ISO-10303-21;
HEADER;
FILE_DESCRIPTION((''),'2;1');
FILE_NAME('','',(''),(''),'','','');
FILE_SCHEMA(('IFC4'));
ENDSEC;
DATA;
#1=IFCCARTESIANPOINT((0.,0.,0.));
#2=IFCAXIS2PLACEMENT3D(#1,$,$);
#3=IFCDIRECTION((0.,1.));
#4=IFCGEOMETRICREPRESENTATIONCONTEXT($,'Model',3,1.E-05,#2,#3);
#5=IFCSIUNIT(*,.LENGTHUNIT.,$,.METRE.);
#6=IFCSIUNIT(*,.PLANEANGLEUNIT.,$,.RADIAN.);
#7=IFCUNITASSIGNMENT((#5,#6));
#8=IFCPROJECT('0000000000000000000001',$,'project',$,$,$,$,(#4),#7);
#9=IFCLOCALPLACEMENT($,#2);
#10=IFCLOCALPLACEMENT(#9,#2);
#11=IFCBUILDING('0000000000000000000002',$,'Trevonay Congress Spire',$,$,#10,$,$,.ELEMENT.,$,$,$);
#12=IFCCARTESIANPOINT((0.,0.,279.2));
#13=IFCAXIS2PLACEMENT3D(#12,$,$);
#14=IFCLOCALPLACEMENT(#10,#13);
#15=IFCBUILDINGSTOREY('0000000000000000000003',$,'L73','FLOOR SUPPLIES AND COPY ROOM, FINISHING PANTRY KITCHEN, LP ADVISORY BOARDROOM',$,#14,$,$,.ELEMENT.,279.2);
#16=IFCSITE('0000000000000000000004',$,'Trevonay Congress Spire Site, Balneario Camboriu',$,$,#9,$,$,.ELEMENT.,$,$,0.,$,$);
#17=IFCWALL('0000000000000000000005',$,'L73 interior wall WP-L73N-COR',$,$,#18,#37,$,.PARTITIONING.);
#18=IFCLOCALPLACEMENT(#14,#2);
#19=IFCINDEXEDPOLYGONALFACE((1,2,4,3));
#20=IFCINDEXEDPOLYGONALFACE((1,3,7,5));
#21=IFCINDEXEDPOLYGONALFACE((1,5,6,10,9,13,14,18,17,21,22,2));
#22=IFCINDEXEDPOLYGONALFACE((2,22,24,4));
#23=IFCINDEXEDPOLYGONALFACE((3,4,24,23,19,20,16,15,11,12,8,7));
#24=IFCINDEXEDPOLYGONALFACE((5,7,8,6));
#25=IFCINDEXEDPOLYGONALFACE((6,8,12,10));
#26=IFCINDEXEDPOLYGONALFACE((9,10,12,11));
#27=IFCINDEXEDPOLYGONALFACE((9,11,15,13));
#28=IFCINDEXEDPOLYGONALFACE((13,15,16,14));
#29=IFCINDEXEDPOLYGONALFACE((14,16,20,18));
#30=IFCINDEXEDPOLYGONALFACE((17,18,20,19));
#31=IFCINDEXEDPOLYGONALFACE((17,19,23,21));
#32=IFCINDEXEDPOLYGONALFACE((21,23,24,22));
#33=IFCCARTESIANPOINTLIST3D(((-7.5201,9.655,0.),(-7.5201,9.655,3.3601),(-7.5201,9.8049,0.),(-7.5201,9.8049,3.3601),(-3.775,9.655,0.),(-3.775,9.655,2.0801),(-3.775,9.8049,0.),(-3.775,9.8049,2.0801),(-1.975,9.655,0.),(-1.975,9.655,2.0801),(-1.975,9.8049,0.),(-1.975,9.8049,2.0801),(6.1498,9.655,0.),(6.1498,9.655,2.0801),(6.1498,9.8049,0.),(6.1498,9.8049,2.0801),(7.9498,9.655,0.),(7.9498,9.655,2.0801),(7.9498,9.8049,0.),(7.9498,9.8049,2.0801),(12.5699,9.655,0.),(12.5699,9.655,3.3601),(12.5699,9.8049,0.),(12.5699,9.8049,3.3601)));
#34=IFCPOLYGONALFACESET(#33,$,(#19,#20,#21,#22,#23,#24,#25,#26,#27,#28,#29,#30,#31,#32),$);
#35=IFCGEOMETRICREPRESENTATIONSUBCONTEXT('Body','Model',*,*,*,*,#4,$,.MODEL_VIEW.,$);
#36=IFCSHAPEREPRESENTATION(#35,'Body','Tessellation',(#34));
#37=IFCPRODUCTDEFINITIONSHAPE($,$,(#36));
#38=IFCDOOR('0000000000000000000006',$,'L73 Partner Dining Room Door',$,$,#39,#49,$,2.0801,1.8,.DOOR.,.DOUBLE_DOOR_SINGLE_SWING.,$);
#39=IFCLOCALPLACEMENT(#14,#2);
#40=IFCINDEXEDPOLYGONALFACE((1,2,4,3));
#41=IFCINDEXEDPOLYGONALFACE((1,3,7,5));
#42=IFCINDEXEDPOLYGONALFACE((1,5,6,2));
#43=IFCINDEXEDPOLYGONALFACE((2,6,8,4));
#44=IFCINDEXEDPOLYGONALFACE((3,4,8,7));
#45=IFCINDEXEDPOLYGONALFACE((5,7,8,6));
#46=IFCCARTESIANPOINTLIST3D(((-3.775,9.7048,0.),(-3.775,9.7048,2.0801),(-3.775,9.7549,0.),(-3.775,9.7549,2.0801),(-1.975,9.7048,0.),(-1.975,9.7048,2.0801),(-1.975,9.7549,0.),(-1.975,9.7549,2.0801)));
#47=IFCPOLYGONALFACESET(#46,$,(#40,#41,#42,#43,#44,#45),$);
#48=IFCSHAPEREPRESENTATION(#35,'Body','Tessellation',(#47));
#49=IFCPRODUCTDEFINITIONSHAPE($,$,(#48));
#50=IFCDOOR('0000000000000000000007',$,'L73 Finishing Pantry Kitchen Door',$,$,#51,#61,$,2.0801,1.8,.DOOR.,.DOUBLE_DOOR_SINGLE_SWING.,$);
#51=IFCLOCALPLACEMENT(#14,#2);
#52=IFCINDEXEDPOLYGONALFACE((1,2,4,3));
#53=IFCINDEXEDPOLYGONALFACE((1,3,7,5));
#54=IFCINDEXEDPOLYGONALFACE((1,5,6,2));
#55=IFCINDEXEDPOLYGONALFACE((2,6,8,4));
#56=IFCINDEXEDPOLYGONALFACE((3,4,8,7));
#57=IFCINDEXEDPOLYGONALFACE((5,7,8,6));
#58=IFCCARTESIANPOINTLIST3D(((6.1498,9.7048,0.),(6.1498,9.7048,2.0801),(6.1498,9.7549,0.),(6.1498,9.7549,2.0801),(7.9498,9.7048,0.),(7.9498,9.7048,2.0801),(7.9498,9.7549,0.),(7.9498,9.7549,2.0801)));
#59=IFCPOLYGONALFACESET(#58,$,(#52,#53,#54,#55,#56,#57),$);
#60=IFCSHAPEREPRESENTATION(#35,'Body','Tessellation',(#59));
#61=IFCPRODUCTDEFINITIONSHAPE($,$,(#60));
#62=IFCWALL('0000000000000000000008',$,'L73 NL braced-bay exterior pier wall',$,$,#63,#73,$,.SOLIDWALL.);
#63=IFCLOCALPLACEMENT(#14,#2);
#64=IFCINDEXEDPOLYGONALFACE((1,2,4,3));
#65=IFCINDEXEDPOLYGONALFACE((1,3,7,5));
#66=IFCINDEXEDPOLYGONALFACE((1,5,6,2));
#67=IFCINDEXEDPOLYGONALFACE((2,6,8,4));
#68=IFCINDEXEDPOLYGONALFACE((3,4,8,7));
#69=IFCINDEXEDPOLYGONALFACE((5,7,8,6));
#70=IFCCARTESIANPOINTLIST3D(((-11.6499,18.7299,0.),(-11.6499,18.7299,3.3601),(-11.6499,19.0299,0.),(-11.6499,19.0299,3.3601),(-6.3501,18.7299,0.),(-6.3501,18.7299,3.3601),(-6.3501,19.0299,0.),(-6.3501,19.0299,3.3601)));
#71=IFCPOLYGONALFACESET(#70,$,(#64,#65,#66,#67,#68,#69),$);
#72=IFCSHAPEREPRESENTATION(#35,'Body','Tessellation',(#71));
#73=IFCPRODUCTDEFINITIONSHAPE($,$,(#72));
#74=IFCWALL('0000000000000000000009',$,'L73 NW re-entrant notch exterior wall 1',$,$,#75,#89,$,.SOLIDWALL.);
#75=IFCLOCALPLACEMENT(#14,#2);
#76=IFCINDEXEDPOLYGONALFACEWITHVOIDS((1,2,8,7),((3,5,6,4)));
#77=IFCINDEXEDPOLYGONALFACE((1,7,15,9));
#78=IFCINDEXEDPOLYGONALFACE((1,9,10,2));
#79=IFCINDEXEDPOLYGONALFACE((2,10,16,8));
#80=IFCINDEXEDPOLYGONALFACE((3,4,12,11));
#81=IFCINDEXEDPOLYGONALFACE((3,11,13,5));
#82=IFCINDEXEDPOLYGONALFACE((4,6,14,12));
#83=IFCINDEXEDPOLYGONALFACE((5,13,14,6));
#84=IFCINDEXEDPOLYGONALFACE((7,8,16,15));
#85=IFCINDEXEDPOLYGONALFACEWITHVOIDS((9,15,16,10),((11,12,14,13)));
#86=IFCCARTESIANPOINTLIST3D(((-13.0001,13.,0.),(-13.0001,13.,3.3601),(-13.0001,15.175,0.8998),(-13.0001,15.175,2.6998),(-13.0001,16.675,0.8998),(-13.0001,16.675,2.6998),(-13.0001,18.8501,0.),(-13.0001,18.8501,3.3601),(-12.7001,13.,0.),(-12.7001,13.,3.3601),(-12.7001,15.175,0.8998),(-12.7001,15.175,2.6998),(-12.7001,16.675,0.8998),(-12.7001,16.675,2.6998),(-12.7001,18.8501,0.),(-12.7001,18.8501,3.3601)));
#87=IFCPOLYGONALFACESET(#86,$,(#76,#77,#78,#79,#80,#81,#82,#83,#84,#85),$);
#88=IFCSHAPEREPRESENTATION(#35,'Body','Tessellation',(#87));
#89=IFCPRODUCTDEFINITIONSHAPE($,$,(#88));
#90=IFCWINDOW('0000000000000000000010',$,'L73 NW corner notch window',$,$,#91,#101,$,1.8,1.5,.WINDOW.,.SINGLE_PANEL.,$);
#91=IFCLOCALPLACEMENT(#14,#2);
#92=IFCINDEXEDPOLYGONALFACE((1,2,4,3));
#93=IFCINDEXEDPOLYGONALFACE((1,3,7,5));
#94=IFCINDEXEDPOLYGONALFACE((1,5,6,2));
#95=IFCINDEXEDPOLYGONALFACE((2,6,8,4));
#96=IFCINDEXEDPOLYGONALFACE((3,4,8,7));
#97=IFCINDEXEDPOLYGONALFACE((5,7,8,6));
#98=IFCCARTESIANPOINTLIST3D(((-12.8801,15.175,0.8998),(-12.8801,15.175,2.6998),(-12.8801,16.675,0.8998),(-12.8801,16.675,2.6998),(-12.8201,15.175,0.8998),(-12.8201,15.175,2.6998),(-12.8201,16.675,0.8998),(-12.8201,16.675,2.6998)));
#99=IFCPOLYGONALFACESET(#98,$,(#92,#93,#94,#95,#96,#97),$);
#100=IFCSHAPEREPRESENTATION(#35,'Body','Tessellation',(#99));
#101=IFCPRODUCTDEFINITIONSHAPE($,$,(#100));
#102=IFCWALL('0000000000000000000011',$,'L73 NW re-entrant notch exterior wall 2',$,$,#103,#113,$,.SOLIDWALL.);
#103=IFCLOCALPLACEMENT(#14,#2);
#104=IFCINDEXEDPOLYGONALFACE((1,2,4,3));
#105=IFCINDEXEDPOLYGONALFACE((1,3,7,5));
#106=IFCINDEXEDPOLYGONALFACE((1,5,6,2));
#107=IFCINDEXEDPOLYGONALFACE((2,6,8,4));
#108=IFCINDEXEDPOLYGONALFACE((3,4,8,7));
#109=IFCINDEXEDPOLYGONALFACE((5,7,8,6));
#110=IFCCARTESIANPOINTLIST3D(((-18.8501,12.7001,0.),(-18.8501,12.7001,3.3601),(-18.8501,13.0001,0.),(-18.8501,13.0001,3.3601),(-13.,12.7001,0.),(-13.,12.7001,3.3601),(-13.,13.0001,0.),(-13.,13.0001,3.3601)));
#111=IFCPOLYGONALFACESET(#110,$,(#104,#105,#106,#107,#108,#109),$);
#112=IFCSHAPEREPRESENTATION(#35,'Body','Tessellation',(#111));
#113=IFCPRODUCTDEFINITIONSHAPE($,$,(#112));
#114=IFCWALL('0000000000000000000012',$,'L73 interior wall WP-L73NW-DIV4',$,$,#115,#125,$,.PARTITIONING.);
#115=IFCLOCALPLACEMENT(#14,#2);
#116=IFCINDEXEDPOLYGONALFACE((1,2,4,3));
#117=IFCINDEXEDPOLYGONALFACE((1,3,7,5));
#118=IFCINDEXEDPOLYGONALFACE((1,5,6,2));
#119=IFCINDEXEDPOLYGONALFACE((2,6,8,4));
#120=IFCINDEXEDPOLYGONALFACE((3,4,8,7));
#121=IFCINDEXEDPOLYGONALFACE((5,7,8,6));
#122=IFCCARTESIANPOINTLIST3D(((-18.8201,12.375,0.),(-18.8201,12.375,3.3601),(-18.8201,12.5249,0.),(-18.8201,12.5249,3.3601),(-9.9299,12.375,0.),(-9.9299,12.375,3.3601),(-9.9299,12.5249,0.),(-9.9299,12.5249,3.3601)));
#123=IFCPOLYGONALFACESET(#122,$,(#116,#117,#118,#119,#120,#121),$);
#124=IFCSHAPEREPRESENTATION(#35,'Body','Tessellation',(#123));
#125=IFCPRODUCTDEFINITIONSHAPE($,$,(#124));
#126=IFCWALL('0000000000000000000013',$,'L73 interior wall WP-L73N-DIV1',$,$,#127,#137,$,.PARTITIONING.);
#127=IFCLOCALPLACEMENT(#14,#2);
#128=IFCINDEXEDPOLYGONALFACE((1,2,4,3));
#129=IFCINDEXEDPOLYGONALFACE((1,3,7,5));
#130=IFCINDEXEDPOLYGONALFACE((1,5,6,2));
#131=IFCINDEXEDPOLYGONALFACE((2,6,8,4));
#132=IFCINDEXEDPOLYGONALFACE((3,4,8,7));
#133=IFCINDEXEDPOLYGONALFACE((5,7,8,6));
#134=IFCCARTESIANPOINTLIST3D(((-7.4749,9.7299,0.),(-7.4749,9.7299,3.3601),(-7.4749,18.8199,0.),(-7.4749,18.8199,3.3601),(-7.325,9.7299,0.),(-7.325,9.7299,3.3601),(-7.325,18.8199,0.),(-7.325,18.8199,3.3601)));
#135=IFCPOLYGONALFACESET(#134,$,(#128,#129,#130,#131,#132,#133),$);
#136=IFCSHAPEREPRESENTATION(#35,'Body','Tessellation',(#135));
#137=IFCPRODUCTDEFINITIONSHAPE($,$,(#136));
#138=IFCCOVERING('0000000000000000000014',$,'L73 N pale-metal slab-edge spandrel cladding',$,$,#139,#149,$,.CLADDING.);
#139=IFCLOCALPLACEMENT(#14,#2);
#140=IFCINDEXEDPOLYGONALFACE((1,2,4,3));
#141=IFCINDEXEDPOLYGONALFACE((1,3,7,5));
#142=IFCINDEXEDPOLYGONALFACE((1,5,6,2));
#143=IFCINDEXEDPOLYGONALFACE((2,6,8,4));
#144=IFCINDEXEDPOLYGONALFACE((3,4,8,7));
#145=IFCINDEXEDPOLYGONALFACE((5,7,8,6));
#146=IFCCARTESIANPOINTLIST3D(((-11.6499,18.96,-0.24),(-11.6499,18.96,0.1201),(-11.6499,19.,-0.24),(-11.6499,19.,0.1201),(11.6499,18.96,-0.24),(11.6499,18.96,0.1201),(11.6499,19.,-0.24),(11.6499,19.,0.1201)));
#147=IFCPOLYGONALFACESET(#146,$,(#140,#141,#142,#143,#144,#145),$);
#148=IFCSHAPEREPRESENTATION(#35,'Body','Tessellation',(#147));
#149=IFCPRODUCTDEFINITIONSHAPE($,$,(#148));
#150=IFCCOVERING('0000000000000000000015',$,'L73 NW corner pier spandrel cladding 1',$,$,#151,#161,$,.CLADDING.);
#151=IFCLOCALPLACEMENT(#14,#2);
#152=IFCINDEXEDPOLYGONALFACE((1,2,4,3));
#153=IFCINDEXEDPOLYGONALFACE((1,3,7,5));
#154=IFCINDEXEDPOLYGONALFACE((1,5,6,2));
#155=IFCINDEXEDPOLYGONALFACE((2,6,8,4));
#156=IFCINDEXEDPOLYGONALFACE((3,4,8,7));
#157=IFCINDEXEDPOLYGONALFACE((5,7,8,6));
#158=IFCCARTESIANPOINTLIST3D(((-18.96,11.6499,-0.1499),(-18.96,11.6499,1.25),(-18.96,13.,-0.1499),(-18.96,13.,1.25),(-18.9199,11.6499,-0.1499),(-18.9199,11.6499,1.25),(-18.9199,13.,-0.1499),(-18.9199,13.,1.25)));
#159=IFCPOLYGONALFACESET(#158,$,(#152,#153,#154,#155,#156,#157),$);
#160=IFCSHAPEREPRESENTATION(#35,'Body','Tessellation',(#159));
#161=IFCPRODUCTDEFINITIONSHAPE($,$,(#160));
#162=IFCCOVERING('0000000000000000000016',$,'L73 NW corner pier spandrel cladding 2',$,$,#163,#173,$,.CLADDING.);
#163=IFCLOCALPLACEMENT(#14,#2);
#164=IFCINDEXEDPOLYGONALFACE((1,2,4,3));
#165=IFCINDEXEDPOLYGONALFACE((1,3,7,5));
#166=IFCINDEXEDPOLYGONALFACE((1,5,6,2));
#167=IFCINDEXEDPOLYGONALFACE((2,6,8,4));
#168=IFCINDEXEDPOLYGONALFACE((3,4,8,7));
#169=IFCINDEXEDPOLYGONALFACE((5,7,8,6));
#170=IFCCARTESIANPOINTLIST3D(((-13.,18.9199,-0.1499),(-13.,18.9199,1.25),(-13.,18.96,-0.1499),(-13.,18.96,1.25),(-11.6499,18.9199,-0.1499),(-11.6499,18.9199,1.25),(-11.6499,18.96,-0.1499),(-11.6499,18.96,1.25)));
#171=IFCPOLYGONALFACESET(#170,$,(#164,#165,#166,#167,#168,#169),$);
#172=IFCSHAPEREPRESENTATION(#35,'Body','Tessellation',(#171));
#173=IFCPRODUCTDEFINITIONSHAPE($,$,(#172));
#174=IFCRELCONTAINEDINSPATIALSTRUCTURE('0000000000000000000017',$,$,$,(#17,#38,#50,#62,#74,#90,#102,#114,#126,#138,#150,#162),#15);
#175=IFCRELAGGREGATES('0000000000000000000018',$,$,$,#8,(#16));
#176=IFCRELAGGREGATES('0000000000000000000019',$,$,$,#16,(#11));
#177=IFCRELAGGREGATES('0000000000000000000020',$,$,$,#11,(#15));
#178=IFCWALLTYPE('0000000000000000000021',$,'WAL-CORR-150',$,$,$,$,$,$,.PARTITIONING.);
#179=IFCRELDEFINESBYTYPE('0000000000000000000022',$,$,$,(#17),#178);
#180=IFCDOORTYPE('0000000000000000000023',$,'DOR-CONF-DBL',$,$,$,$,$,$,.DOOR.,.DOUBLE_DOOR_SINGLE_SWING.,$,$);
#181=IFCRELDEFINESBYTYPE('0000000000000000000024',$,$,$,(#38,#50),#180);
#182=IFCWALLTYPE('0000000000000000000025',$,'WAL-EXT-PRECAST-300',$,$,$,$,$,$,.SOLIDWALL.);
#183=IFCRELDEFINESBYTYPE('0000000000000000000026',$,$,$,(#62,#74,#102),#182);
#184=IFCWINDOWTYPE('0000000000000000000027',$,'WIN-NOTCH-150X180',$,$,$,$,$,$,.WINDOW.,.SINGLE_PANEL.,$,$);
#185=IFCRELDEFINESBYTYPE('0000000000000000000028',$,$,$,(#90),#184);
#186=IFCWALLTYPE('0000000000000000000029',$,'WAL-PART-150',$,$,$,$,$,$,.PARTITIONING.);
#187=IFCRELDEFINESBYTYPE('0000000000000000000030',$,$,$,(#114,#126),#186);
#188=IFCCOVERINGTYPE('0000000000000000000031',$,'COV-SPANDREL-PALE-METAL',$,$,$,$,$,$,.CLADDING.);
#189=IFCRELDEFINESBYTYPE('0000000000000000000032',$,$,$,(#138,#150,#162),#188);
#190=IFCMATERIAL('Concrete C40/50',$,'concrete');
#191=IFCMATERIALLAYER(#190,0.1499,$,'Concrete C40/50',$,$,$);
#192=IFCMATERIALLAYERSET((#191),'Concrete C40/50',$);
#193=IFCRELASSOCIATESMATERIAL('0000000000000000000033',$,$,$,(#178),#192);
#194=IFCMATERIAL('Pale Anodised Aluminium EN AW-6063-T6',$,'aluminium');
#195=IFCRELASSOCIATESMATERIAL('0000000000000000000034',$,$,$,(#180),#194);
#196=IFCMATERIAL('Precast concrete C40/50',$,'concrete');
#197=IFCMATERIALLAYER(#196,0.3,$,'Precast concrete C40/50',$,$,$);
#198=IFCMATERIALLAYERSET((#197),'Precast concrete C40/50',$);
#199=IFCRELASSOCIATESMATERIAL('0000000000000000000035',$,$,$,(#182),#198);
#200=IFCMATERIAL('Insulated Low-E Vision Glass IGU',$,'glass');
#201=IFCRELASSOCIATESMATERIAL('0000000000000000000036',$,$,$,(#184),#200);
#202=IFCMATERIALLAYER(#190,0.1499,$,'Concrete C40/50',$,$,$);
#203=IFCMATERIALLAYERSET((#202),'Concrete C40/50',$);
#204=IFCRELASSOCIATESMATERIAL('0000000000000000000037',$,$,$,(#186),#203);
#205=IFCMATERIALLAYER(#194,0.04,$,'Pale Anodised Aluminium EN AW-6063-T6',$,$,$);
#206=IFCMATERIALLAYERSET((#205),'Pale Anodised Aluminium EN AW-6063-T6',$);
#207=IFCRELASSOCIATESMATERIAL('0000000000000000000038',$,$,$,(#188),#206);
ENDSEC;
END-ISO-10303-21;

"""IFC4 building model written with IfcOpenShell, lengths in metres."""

from ifc_helpers import new_model, si_unit, direction, frame, frame_2d, origin, place, context, subcontext, project, spatial, rectangle, extrude, material, layer, layer_set, type_object, element, fill, save


model = new_model("IFC4")

# Units and contexts
model_context = context("Model", 3, precision=1e-05, world=origin(), true_north=direction((0.0, 1.0)))
body_context = subcontext(model_context, "Body", "Model", "MODEL_VIEW")
ifc_project = project(units=[si_unit("LENGTHUNIT", "METRE"), si_unit("PLANEANGLEUNIT", "RADIAN")], contexts=[model_context])

# Site, building, storey
site_placement = place(None, origin())
site = spatial("IfcSite", under=ifc_project, at=site_placement, Name="Trevonay Congress Spire Site, Balneario Camboriu", CompositionType="ELEMENT", RefElevation=0.0)
building_placement = place(site_placement, origin())
building = spatial("IfcBuilding", under=site, at=building_placement, Name="Trevonay Congress Spire", CompositionType="ELEMENT")
storey_placement = place(building_placement, frame((0.0, 0.0, 279.2)))
storey = spatial("IfcBuildingStorey", under=building, at=storey_placement, Name="L73", Description="FLOOR SUPPLIES AND COPY ROOM, FINISHING PANTRY KITCHEN, LP ADVISORY BOARDROOM", CompositionType="ELEMENT", Elevation=279.2)

# Shared definitions
ifc_material_1 = material(Name="Pale Anodised Aluminium EN AW-6063-T6", Category="aluminium")

# Shared definitions
ifc_material_2 = material(Name="Insulated Low-E Vision Glass IGU", Category="glass")

# Wall, openings, doors
ifc_material_3 = material(Name="Concrete C40/50", Category="concrete")
ifc_layer_1 = layer(ifc_material_3, 0.1499, Name="Concrete C40/50")
ifc_layer_set_1 = layer_set([ifc_layer_1], Name="Concrete C40/50")
wall_type_1 = type_object("IfcWallType", Name="WAL-CORR-150", PredefinedType="PARTITIONING", material=ifc_layer_set_1)
wall_1_placement = place(storey_placement, frame((-7.52, 9.73, 0.0), z_axis=(0.0, 0.0, 1.0), x_axis=(1.0, 0.0, 0.0)))
wall_1 = element("IfcWall", 1, at=wall_1_placement, inside=storey, type_object=wall_type_1, Name="L73 interior wall WP-L73N-COR", PredefinedType="PARTITIONING", context=body_context, shape_type="SweptSolid", body=[
    extrude(rectangle(XDim=20.0901, YDim=0.1499, at=frame_2d((10.0449, 0.0))), origin(), (0.0, 0.0, 1.0), 3.3601),
])
opening_1_placement = place(wall_1_placement, frame((3.7451, 0.0, 0.0)))
opening_1 = element("IfcOpeningElement", 2, at=opening_1_placement, cuts=wall_1, PredefinedType="OPENING", context=body_context, shape_type="SweptSolid", body=[
    extrude(rectangle(XDim=1.8, YDim=2.0801, at=frame_2d((0.8999, 1.04))), frame((0.0, 0.085, 0.0), z_axis=(0.0, -1.0, 0.0), x_axis=(1.0, 0.0, 0.0)), (0.0, 0.0, 1.0), 0.1699),
])
opening_2_placement = place(wall_1_placement, frame((13.6699, 0.0, 0.0)))
opening_2 = element("IfcOpeningElement", 3, at=opening_2_placement, cuts=wall_1, PredefinedType="OPENING", context=body_context, shape_type="SweptSolid", body=[
    extrude(rectangle(XDim=1.8, YDim=2.0801, at=frame_2d((0.8999, 1.04))), frame((0.0, 0.085, 0.0), z_axis=(0.0, -1.0, 0.0), x_axis=(1.0, 0.0, 0.0)), (0.0, 0.0, 1.0), 0.1699),
])
door_type = type_object("IfcDoorType", Name="DOR-CONF-DBL", OperationType="DOUBLE_DOOR_SINGLE_SWING", PredefinedType="DOOR", material=ifc_material_1)
door_1_placement = place(opening_1_placement, origin())
door_1 = element("IfcDoor", 4, at=door_1_placement, inside=storey, type_object=door_type, Name="L73 Partner Dining Room Door", OperationType="DOUBLE_DOOR_SINGLE_SWING", OverallHeight=2.0801, OverallWidth=1.8, PredefinedType="DOOR", context=body_context, shape_type="SweptSolid", body=[
    extrude(rectangle(XDim=1.8, YDim=2.0801, at=frame_2d((0.8999, 1.04))), frame((0.0, 0.0249, 0.0), z_axis=(0.0, -1.0, 0.0), x_axis=(1.0, 0.0, 0.0)), (0.0, 0.0, 1.0), 0.05),
])
fill(opening_1, door_1)
door_2_placement = place(opening_2_placement, origin())
door_2 = element("IfcDoor", 5, at=door_2_placement, inside=storey, type_object=door_type, Name="L73 Finishing Pantry Kitchen Door", OperationType="DOUBLE_DOOR_SINGLE_SWING", OverallHeight=2.0801, OverallWidth=1.8, PredefinedType="DOOR", context=body_context, shape_type="SweptSolid", body=[
    extrude(rectangle(XDim=1.8, YDim=2.0801, at=frame_2d((0.8999, 1.04))), frame((0.0, 0.0249, 0.0), z_axis=(0.0, -1.0, 0.0), x_axis=(1.0, 0.0, 0.0)), (0.0, 0.0, 1.0), 0.05),
])
fill(opening_2, door_2)

# Wall
ifc_material_4 = material(Name="Precast concrete C40/50", Category="concrete")
ifc_layer_2 = layer(ifc_material_4, 0.3, Name="Precast concrete C40/50")
ifc_layer_set_2 = layer_set([ifc_layer_2], Name="Precast concrete C40/50")
wall_type_2 = type_object("IfcWallType", Name="WAL-EXT-PRECAST-300", PredefinedType="SOLIDWALL", material=ifc_layer_set_2)
wall_2_placement = place(storey_placement, frame((-11.6499, 18.8799, 0.0), z_axis=(0.0, 0.0, 1.0), x_axis=(1.0, 0.0, 0.0)))
element("IfcWall", 6, at=wall_2_placement, inside=storey, type_object=wall_type_2, Name="L73 NL braced-bay exterior pier wall", PredefinedType="SOLIDWALL", context=body_context, shape_type="SweptSolid", body=[
    extrude(rectangle(XDim=5.2998, YDim=0.3, at=frame_2d((2.6499, 0.0))), origin(), (0.0, 0.0, 1.0), 3.3601),
])

# Wall, opening, window
wall_3_placement = place(storey_placement, frame((-12.8501, 18.8501, 0.0), z_axis=(0.0, 0.0, 1.0), x_axis=(0.0, -1.0, 0.0)))
wall_3 = element("IfcWall", 7, at=wall_3_placement, inside=storey, type_object=wall_type_2, Name="L73 NW re-entrant notch exterior wall 1", PredefinedType="SOLIDWALL", context=body_context, shape_type="SweptSolid", body=[
    extrude(rectangle(XDim=5.8501, YDim=0.3, at=frame_2d((2.925, 0.0))), origin(), (0.0, 0.0, 1.0), 3.3601),
])
opening_3_placement = place(wall_3_placement, frame((2.175, 0.0, 0.8999)))
opening_3 = element("IfcOpeningElement", 8, at=opening_3_placement, cuts=wall_3, PredefinedType="OPENING", context=body_context, shape_type="SweptSolid", body=[
    extrude(rectangle(XDim=1.5, YDim=1.8, at=frame_2d((0.75, 0.8999))), frame((0.0, 0.1602, 0.0), z_axis=(0.0, -1.0, 0.0), x_axis=(1.0, 0.0, 0.0)), (0.0, 0.0, 1.0), 0.3201),
])
window_type = type_object("IfcWindowType", Name="WIN-NOTCH-150X180", PartitioningType="SINGLE_PANEL", PredefinedType="WINDOW", material=ifc_material_2)
window_placement = place(opening_3_placement, origin())
window = element("IfcWindow", 9, at=window_placement, inside=storey, type_object=window_type, Name="L73 NW corner notch window", OverallHeight=1.8, OverallWidth=1.5, PartitioningType="SINGLE_PANEL", PredefinedType="WINDOW", context=body_context, shape_type="SweptSolid", body=[
    extrude(rectangle(XDim=1.5, YDim=1.8, at=frame_2d((0.75, 0.8999))), frame((0.0, 0.03, 0.0), z_axis=(0.0, -1.0, 0.0), x_axis=(1.0, 0.0, 0.0)), (0.0, 0.0, 1.0), 0.0601),
])
fill(opening_3, window)

# Walls
wall_4_placement = place(storey_placement, frame((-18.8501, 12.8501, 0.0), z_axis=(0.0, 0.0, 1.0), x_axis=(1.0, 0.0, 0.0)))
element("IfcWall", 10, at=wall_4_placement, inside=storey, type_object=wall_type_2, Name="L73 NW re-entrant notch exterior wall 2", PredefinedType="SOLIDWALL", context=body_context, shape_type="SweptSolid", body=[
    extrude(rectangle(XDim=5.8501, YDim=0.3, at=frame_2d((2.925, 0.0))), origin(), (0.0, 0.0, 1.0), 3.3601),
])
ifc_layer_3 = layer(ifc_material_3, 0.1499, Name="Concrete C40/50")
ifc_layer_set_3 = layer_set([ifc_layer_3], Name="Concrete C40/50")
wall_type_3 = type_object("IfcWallType", Name="WAL-PART-150", PredefinedType="PARTITIONING", material=ifc_layer_set_3)
wall_5_placement = place(storey_placement, frame((-18.8201, 12.45, 0.0), z_axis=(0.0, 0.0, 1.0), x_axis=(1.0, 0.0, 0.0)))
element("IfcWall", 11, at=wall_5_placement, inside=storey, type_object=wall_type_3, Name="L73 interior wall WP-L73NW-DIV4", PredefinedType="PARTITIONING", context=body_context, shape_type="SweptSolid", body=[
    extrude(rectangle(XDim=8.8901, YDim=0.1499, at=frame_2d((4.4451, 0.0))), origin(), (0.0, 0.0, 1.0), 3.3601),
])
wall_6_placement = place(storey_placement, frame((-7.3999, 9.73, 0.0), z_axis=(0.0, 0.0, 1.0), x_axis=(0.0, 1.0, 0.0)))
element("IfcWall", 12, at=wall_6_placement, inside=storey, type_object=wall_type_3, Name="L73 interior wall WP-L73N-DIV1", PredefinedType="PARTITIONING", context=body_context, shape_type="SweptSolid", body=[
    extrude(rectangle(XDim=9.0901, YDim=0.1499, at=frame_2d((4.5449, 0.0))), origin(), (0.0, 0.0, 1.0), 3.3601),
])

# Coverings
ifc_layer_4 = layer(ifc_material_1, 0.04, Name="Pale Anodised Aluminium EN AW-6063-T6")
ifc_layer_set_4 = layer_set([ifc_layer_4], Name="Pale Anodised Aluminium EN AW-6063-T6")
covering_type = type_object("IfcCoveringType", Name="COV-SPANDREL-PALE-METAL", PredefinedType="CLADDING", material=ifc_layer_set_4)
covering_placement = place(storey_placement, frame((-11.6499, 18.98, -0.24), z_axis=(0.0, 0.0, 1.0), x_axis=(1.0, 0.0, 0.0)))
element("IfcCovering", 13, at=covering_placement, inside=storey, type_object=covering_type, Name="L73 N pale-metal slab-edge spandrel cladding", PredefinedType="CLADDING", context=body_context, shape_type="SweptSolid", body=[
    extrude(rectangle(XDim=23.2998, YDim=0.04, at=frame_2d((11.6499, 0.0))), origin(), (0.0, 0.0, 1.0), 0.3601),
])
for number, where, z_axis, x_axis, name in (
    (14, (-18.9399, 11.6499, -0.1499), (0.0, 0.0, 1.0), (0.0, 1.0, 0.0), "L73 NW corner pier spandrel cladding 1"),
    (15, (-11.6499, 18.9399, -0.1499), (0.0, 0.0, 1.0), (-1.0, 0.0, 0.0), "L73 NW corner pier spandrel cladding 2"),
):
    element("IfcCovering", number, at=place(storey_placement, frame(where, z_axis=z_axis, x_axis=x_axis)), inside=storey, type_object=covering_type, Name=name, PredefinedType="CLADDING", context=body_context, shape_type="SweptSolid", body=[
        extrude(rectangle(XDim=1.3501, YDim=0.04, at=frame_2d((0.675, 0.0))), origin(), (0.0, 0.0, 1.0), 1.3999),
    ])

save(model, "model.ifc")
